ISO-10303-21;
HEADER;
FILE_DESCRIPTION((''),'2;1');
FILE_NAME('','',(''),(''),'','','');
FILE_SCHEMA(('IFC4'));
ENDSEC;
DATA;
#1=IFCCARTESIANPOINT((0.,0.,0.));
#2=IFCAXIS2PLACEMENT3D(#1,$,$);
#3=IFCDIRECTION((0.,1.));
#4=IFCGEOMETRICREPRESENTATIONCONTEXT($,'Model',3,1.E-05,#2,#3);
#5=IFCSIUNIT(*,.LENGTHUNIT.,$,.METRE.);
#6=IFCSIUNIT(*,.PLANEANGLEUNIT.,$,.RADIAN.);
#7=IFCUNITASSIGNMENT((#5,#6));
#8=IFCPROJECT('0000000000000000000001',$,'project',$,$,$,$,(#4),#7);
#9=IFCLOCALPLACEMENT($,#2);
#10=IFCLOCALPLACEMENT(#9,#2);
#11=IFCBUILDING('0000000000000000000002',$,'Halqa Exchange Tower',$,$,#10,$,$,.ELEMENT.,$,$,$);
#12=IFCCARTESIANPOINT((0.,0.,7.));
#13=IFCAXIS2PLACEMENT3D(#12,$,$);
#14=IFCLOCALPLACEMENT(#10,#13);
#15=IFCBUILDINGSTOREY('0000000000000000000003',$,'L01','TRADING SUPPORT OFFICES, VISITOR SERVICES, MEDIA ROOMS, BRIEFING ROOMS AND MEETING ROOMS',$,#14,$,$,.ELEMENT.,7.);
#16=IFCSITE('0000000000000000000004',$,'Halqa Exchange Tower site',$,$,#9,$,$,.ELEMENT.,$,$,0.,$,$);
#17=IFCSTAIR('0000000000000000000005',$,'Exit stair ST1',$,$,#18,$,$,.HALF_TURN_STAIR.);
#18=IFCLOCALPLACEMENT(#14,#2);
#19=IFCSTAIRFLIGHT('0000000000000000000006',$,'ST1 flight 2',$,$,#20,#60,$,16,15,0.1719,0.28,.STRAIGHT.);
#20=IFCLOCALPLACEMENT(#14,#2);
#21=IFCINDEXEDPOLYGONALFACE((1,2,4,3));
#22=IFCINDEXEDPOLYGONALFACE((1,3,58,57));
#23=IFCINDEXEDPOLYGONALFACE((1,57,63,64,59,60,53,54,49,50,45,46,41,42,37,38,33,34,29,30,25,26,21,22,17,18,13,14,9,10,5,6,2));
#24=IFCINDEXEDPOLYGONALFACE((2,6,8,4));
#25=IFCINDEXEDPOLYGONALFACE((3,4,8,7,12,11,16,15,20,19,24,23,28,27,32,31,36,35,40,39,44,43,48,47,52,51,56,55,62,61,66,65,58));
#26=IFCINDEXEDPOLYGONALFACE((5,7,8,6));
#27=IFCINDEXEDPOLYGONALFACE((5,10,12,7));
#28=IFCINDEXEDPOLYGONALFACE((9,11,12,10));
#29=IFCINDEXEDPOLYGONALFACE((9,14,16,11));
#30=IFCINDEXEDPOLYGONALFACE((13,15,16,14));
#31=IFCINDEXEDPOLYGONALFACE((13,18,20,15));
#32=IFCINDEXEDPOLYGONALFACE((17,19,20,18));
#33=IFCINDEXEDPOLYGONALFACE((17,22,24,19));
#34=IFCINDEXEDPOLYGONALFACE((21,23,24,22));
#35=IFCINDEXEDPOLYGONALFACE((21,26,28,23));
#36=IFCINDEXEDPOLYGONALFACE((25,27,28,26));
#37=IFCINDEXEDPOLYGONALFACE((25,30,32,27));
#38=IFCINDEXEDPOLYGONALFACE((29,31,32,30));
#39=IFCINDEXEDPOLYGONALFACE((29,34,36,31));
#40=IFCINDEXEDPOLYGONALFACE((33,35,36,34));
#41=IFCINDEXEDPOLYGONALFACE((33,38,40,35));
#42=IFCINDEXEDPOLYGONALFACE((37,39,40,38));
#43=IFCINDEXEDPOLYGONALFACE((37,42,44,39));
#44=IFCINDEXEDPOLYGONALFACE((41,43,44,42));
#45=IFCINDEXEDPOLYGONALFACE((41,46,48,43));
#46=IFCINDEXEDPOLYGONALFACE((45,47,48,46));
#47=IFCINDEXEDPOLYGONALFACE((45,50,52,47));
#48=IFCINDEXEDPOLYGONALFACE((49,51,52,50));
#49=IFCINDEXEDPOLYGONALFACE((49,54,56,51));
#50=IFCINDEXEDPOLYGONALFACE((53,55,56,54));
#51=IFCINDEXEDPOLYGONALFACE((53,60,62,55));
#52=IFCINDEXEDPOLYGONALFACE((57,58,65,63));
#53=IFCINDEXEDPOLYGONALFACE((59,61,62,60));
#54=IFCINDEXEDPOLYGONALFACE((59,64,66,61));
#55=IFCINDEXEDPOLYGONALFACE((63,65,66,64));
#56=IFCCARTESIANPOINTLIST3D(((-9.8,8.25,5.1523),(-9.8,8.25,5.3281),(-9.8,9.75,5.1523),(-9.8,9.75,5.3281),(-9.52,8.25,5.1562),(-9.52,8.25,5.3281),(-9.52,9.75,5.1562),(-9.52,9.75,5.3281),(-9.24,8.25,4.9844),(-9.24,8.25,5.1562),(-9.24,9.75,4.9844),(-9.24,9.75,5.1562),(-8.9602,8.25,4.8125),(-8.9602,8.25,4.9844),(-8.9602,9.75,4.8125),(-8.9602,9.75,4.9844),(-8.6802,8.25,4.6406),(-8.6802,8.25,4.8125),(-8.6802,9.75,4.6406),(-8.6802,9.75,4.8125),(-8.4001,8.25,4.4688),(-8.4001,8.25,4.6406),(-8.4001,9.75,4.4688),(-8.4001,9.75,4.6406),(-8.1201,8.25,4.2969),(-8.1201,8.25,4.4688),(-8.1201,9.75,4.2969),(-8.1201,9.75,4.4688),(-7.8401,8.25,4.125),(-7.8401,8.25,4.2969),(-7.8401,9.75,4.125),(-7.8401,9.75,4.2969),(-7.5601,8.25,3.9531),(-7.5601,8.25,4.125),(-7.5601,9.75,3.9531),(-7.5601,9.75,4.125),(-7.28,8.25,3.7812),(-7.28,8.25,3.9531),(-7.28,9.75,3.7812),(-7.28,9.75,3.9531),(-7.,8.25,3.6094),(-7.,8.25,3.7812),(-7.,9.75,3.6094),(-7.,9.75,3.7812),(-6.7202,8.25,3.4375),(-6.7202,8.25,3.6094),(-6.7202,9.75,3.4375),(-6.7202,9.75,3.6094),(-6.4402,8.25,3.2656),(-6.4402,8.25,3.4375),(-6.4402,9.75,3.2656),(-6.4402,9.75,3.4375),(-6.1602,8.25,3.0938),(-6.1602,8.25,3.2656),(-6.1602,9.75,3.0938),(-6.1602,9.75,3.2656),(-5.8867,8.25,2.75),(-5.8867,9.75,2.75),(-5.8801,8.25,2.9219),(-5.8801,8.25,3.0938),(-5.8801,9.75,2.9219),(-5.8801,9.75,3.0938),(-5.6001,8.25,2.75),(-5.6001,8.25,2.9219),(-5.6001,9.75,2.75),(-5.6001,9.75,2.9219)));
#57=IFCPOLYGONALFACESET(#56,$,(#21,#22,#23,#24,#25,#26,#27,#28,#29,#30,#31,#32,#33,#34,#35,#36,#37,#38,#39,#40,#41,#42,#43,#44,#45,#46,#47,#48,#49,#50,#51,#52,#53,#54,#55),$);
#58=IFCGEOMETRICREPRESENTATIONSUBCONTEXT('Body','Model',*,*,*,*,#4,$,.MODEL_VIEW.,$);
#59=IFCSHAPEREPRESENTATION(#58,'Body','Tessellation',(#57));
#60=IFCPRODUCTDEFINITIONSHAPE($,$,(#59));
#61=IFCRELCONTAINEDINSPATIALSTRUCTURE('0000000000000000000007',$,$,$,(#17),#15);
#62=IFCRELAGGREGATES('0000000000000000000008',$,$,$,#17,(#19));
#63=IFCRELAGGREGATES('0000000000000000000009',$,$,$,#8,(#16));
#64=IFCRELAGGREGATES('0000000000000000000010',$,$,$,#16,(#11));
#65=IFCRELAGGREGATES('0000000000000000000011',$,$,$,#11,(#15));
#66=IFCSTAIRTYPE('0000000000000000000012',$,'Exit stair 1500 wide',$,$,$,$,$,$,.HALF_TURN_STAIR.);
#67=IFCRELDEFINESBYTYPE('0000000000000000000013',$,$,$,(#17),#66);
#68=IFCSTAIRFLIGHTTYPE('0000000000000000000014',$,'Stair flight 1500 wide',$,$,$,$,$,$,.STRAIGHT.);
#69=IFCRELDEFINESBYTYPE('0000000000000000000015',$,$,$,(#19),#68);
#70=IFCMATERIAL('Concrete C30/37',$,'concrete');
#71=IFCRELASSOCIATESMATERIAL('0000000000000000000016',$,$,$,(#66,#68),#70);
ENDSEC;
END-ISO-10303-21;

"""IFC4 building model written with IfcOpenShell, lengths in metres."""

from ifc_helpers import new_model, si_unit, direction, frame, origin, place, context, subcontext, project, spatial, polyline, outline, extrude, material, type_object, element, aggregate, save


model = new_model("IFC4")

# Units and contexts
model_context = context("Model", 3, precision=1e-05, world=origin(), true_north=direction((0.0, 1.0)))
body_context = subcontext(model_context, "Body", "Model", "MODEL_VIEW")
ifc_project = project(units=[si_unit("LENGTHUNIT", "METRE"), si_unit("PLANEANGLEUNIT", "RADIAN")], contexts=[model_context])

# Site, building, storey
site_placement = place(None, origin())
site = spatial("IfcSite", under=ifc_project, at=site_placement, Name="Halqa Exchange Tower site", CompositionType="ELEMENT", RefElevation=0.0)
building_placement = place(site_placement, origin())
building = spatial("IfcBuilding", under=site, at=building_placement, Name="Halqa Exchange Tower", CompositionType="ELEMENT")
storey_placement = place(building_placement, frame((0.0, 0.0, 7.0)))
storey = spatial("IfcBuildingStorey", under=building, at=storey_placement, Name="L01", Description="TRADING SUPPORT OFFICES, VISITOR SERVICES, MEDIA ROOMS, BRIEFING ROOMS AND MEETING ROOMS", CompositionType="ELEMENT", Elevation=7.0)

# Shared definitions
ifc_material_1 = material(Name="Concrete C30/37", Category="concrete")

# Stair, stair flight
stair_type = type_object("IfcStairType", Name="Exit stair 1500 wide", PredefinedType="HALF_TURN_STAIR", material=ifc_material_1)
stair_placement = place(storey_placement, origin())
stair = element("IfcStair", 1, at=stair_placement, inside=storey, type_object=stair_type, Name="Exit stair ST1", PredefinedType="HALF_TURN_STAIR")
stair_flight_type = type_object("IfcStairFlightType", Name="Stair flight 1500 wide", PredefinedType="STRAIGHT", material=ifc_material_1)
stair_flight_placement = place(storey_placement, frame((-5.6001, 9.0, 2.75), z_axis=(0.0, 0.0, 1.0), x_axis=(-1.0, 0.0, 0.0)))
stair_flight = element("IfcStairFlight", 2, at=stair_flight_placement, type_object=stair_flight_type, Name="ST1 flight 2", NumberOfRisers=16, NumberOfTreads=15, PredefinedType="STRAIGHT", RiserHeight=0.1719, TreadLength=0.28, context=body_context, shape_type="SweptSolid", body=[
    extrude(outline(polyline([(0.0, 0.0), (0.0, 0.1719), (0.28, 0.1719), (0.28, 0.3438), (0.5601, 0.3438), (0.5601, 0.5156), (0.8401, 0.5156), (0.8401, 0.6875), (1.1201, 0.6875), (1.1201, 0.8594), (1.3999, 0.8594), (1.3999, 1.0312), (1.6799, 1.0312), (1.6799, 1.2031), (1.96, 1.2031), (1.96, 1.375), (2.24, 1.375), (2.24, 1.5469), (2.52, 1.5469), (2.52, 1.7188), (2.8, 1.7188), (2.8, 1.8906), (3.0801, 1.8906), (3.0801, 2.0625), (3.3601, 2.0625), (3.3601, 2.2344), (3.6399, 2.2344), (3.6399, 2.4062), (3.9199, 2.4062), (3.9199, 2.5781), (4.2, 2.5781), (4.2, 2.75), (4.2, 2.4023), (0.2866, 0.0), (0.0, 0.0)])), frame((0.0, 0.75, 0.0), z_axis=(0.0, -1.0, 0.0), x_axis=(1.0, 0.0, 0.0)), (0.0, 0.0, 1.0), 1.5),
])
aggregate(stair, [stair_flight])

save(model, "model.ifc")
